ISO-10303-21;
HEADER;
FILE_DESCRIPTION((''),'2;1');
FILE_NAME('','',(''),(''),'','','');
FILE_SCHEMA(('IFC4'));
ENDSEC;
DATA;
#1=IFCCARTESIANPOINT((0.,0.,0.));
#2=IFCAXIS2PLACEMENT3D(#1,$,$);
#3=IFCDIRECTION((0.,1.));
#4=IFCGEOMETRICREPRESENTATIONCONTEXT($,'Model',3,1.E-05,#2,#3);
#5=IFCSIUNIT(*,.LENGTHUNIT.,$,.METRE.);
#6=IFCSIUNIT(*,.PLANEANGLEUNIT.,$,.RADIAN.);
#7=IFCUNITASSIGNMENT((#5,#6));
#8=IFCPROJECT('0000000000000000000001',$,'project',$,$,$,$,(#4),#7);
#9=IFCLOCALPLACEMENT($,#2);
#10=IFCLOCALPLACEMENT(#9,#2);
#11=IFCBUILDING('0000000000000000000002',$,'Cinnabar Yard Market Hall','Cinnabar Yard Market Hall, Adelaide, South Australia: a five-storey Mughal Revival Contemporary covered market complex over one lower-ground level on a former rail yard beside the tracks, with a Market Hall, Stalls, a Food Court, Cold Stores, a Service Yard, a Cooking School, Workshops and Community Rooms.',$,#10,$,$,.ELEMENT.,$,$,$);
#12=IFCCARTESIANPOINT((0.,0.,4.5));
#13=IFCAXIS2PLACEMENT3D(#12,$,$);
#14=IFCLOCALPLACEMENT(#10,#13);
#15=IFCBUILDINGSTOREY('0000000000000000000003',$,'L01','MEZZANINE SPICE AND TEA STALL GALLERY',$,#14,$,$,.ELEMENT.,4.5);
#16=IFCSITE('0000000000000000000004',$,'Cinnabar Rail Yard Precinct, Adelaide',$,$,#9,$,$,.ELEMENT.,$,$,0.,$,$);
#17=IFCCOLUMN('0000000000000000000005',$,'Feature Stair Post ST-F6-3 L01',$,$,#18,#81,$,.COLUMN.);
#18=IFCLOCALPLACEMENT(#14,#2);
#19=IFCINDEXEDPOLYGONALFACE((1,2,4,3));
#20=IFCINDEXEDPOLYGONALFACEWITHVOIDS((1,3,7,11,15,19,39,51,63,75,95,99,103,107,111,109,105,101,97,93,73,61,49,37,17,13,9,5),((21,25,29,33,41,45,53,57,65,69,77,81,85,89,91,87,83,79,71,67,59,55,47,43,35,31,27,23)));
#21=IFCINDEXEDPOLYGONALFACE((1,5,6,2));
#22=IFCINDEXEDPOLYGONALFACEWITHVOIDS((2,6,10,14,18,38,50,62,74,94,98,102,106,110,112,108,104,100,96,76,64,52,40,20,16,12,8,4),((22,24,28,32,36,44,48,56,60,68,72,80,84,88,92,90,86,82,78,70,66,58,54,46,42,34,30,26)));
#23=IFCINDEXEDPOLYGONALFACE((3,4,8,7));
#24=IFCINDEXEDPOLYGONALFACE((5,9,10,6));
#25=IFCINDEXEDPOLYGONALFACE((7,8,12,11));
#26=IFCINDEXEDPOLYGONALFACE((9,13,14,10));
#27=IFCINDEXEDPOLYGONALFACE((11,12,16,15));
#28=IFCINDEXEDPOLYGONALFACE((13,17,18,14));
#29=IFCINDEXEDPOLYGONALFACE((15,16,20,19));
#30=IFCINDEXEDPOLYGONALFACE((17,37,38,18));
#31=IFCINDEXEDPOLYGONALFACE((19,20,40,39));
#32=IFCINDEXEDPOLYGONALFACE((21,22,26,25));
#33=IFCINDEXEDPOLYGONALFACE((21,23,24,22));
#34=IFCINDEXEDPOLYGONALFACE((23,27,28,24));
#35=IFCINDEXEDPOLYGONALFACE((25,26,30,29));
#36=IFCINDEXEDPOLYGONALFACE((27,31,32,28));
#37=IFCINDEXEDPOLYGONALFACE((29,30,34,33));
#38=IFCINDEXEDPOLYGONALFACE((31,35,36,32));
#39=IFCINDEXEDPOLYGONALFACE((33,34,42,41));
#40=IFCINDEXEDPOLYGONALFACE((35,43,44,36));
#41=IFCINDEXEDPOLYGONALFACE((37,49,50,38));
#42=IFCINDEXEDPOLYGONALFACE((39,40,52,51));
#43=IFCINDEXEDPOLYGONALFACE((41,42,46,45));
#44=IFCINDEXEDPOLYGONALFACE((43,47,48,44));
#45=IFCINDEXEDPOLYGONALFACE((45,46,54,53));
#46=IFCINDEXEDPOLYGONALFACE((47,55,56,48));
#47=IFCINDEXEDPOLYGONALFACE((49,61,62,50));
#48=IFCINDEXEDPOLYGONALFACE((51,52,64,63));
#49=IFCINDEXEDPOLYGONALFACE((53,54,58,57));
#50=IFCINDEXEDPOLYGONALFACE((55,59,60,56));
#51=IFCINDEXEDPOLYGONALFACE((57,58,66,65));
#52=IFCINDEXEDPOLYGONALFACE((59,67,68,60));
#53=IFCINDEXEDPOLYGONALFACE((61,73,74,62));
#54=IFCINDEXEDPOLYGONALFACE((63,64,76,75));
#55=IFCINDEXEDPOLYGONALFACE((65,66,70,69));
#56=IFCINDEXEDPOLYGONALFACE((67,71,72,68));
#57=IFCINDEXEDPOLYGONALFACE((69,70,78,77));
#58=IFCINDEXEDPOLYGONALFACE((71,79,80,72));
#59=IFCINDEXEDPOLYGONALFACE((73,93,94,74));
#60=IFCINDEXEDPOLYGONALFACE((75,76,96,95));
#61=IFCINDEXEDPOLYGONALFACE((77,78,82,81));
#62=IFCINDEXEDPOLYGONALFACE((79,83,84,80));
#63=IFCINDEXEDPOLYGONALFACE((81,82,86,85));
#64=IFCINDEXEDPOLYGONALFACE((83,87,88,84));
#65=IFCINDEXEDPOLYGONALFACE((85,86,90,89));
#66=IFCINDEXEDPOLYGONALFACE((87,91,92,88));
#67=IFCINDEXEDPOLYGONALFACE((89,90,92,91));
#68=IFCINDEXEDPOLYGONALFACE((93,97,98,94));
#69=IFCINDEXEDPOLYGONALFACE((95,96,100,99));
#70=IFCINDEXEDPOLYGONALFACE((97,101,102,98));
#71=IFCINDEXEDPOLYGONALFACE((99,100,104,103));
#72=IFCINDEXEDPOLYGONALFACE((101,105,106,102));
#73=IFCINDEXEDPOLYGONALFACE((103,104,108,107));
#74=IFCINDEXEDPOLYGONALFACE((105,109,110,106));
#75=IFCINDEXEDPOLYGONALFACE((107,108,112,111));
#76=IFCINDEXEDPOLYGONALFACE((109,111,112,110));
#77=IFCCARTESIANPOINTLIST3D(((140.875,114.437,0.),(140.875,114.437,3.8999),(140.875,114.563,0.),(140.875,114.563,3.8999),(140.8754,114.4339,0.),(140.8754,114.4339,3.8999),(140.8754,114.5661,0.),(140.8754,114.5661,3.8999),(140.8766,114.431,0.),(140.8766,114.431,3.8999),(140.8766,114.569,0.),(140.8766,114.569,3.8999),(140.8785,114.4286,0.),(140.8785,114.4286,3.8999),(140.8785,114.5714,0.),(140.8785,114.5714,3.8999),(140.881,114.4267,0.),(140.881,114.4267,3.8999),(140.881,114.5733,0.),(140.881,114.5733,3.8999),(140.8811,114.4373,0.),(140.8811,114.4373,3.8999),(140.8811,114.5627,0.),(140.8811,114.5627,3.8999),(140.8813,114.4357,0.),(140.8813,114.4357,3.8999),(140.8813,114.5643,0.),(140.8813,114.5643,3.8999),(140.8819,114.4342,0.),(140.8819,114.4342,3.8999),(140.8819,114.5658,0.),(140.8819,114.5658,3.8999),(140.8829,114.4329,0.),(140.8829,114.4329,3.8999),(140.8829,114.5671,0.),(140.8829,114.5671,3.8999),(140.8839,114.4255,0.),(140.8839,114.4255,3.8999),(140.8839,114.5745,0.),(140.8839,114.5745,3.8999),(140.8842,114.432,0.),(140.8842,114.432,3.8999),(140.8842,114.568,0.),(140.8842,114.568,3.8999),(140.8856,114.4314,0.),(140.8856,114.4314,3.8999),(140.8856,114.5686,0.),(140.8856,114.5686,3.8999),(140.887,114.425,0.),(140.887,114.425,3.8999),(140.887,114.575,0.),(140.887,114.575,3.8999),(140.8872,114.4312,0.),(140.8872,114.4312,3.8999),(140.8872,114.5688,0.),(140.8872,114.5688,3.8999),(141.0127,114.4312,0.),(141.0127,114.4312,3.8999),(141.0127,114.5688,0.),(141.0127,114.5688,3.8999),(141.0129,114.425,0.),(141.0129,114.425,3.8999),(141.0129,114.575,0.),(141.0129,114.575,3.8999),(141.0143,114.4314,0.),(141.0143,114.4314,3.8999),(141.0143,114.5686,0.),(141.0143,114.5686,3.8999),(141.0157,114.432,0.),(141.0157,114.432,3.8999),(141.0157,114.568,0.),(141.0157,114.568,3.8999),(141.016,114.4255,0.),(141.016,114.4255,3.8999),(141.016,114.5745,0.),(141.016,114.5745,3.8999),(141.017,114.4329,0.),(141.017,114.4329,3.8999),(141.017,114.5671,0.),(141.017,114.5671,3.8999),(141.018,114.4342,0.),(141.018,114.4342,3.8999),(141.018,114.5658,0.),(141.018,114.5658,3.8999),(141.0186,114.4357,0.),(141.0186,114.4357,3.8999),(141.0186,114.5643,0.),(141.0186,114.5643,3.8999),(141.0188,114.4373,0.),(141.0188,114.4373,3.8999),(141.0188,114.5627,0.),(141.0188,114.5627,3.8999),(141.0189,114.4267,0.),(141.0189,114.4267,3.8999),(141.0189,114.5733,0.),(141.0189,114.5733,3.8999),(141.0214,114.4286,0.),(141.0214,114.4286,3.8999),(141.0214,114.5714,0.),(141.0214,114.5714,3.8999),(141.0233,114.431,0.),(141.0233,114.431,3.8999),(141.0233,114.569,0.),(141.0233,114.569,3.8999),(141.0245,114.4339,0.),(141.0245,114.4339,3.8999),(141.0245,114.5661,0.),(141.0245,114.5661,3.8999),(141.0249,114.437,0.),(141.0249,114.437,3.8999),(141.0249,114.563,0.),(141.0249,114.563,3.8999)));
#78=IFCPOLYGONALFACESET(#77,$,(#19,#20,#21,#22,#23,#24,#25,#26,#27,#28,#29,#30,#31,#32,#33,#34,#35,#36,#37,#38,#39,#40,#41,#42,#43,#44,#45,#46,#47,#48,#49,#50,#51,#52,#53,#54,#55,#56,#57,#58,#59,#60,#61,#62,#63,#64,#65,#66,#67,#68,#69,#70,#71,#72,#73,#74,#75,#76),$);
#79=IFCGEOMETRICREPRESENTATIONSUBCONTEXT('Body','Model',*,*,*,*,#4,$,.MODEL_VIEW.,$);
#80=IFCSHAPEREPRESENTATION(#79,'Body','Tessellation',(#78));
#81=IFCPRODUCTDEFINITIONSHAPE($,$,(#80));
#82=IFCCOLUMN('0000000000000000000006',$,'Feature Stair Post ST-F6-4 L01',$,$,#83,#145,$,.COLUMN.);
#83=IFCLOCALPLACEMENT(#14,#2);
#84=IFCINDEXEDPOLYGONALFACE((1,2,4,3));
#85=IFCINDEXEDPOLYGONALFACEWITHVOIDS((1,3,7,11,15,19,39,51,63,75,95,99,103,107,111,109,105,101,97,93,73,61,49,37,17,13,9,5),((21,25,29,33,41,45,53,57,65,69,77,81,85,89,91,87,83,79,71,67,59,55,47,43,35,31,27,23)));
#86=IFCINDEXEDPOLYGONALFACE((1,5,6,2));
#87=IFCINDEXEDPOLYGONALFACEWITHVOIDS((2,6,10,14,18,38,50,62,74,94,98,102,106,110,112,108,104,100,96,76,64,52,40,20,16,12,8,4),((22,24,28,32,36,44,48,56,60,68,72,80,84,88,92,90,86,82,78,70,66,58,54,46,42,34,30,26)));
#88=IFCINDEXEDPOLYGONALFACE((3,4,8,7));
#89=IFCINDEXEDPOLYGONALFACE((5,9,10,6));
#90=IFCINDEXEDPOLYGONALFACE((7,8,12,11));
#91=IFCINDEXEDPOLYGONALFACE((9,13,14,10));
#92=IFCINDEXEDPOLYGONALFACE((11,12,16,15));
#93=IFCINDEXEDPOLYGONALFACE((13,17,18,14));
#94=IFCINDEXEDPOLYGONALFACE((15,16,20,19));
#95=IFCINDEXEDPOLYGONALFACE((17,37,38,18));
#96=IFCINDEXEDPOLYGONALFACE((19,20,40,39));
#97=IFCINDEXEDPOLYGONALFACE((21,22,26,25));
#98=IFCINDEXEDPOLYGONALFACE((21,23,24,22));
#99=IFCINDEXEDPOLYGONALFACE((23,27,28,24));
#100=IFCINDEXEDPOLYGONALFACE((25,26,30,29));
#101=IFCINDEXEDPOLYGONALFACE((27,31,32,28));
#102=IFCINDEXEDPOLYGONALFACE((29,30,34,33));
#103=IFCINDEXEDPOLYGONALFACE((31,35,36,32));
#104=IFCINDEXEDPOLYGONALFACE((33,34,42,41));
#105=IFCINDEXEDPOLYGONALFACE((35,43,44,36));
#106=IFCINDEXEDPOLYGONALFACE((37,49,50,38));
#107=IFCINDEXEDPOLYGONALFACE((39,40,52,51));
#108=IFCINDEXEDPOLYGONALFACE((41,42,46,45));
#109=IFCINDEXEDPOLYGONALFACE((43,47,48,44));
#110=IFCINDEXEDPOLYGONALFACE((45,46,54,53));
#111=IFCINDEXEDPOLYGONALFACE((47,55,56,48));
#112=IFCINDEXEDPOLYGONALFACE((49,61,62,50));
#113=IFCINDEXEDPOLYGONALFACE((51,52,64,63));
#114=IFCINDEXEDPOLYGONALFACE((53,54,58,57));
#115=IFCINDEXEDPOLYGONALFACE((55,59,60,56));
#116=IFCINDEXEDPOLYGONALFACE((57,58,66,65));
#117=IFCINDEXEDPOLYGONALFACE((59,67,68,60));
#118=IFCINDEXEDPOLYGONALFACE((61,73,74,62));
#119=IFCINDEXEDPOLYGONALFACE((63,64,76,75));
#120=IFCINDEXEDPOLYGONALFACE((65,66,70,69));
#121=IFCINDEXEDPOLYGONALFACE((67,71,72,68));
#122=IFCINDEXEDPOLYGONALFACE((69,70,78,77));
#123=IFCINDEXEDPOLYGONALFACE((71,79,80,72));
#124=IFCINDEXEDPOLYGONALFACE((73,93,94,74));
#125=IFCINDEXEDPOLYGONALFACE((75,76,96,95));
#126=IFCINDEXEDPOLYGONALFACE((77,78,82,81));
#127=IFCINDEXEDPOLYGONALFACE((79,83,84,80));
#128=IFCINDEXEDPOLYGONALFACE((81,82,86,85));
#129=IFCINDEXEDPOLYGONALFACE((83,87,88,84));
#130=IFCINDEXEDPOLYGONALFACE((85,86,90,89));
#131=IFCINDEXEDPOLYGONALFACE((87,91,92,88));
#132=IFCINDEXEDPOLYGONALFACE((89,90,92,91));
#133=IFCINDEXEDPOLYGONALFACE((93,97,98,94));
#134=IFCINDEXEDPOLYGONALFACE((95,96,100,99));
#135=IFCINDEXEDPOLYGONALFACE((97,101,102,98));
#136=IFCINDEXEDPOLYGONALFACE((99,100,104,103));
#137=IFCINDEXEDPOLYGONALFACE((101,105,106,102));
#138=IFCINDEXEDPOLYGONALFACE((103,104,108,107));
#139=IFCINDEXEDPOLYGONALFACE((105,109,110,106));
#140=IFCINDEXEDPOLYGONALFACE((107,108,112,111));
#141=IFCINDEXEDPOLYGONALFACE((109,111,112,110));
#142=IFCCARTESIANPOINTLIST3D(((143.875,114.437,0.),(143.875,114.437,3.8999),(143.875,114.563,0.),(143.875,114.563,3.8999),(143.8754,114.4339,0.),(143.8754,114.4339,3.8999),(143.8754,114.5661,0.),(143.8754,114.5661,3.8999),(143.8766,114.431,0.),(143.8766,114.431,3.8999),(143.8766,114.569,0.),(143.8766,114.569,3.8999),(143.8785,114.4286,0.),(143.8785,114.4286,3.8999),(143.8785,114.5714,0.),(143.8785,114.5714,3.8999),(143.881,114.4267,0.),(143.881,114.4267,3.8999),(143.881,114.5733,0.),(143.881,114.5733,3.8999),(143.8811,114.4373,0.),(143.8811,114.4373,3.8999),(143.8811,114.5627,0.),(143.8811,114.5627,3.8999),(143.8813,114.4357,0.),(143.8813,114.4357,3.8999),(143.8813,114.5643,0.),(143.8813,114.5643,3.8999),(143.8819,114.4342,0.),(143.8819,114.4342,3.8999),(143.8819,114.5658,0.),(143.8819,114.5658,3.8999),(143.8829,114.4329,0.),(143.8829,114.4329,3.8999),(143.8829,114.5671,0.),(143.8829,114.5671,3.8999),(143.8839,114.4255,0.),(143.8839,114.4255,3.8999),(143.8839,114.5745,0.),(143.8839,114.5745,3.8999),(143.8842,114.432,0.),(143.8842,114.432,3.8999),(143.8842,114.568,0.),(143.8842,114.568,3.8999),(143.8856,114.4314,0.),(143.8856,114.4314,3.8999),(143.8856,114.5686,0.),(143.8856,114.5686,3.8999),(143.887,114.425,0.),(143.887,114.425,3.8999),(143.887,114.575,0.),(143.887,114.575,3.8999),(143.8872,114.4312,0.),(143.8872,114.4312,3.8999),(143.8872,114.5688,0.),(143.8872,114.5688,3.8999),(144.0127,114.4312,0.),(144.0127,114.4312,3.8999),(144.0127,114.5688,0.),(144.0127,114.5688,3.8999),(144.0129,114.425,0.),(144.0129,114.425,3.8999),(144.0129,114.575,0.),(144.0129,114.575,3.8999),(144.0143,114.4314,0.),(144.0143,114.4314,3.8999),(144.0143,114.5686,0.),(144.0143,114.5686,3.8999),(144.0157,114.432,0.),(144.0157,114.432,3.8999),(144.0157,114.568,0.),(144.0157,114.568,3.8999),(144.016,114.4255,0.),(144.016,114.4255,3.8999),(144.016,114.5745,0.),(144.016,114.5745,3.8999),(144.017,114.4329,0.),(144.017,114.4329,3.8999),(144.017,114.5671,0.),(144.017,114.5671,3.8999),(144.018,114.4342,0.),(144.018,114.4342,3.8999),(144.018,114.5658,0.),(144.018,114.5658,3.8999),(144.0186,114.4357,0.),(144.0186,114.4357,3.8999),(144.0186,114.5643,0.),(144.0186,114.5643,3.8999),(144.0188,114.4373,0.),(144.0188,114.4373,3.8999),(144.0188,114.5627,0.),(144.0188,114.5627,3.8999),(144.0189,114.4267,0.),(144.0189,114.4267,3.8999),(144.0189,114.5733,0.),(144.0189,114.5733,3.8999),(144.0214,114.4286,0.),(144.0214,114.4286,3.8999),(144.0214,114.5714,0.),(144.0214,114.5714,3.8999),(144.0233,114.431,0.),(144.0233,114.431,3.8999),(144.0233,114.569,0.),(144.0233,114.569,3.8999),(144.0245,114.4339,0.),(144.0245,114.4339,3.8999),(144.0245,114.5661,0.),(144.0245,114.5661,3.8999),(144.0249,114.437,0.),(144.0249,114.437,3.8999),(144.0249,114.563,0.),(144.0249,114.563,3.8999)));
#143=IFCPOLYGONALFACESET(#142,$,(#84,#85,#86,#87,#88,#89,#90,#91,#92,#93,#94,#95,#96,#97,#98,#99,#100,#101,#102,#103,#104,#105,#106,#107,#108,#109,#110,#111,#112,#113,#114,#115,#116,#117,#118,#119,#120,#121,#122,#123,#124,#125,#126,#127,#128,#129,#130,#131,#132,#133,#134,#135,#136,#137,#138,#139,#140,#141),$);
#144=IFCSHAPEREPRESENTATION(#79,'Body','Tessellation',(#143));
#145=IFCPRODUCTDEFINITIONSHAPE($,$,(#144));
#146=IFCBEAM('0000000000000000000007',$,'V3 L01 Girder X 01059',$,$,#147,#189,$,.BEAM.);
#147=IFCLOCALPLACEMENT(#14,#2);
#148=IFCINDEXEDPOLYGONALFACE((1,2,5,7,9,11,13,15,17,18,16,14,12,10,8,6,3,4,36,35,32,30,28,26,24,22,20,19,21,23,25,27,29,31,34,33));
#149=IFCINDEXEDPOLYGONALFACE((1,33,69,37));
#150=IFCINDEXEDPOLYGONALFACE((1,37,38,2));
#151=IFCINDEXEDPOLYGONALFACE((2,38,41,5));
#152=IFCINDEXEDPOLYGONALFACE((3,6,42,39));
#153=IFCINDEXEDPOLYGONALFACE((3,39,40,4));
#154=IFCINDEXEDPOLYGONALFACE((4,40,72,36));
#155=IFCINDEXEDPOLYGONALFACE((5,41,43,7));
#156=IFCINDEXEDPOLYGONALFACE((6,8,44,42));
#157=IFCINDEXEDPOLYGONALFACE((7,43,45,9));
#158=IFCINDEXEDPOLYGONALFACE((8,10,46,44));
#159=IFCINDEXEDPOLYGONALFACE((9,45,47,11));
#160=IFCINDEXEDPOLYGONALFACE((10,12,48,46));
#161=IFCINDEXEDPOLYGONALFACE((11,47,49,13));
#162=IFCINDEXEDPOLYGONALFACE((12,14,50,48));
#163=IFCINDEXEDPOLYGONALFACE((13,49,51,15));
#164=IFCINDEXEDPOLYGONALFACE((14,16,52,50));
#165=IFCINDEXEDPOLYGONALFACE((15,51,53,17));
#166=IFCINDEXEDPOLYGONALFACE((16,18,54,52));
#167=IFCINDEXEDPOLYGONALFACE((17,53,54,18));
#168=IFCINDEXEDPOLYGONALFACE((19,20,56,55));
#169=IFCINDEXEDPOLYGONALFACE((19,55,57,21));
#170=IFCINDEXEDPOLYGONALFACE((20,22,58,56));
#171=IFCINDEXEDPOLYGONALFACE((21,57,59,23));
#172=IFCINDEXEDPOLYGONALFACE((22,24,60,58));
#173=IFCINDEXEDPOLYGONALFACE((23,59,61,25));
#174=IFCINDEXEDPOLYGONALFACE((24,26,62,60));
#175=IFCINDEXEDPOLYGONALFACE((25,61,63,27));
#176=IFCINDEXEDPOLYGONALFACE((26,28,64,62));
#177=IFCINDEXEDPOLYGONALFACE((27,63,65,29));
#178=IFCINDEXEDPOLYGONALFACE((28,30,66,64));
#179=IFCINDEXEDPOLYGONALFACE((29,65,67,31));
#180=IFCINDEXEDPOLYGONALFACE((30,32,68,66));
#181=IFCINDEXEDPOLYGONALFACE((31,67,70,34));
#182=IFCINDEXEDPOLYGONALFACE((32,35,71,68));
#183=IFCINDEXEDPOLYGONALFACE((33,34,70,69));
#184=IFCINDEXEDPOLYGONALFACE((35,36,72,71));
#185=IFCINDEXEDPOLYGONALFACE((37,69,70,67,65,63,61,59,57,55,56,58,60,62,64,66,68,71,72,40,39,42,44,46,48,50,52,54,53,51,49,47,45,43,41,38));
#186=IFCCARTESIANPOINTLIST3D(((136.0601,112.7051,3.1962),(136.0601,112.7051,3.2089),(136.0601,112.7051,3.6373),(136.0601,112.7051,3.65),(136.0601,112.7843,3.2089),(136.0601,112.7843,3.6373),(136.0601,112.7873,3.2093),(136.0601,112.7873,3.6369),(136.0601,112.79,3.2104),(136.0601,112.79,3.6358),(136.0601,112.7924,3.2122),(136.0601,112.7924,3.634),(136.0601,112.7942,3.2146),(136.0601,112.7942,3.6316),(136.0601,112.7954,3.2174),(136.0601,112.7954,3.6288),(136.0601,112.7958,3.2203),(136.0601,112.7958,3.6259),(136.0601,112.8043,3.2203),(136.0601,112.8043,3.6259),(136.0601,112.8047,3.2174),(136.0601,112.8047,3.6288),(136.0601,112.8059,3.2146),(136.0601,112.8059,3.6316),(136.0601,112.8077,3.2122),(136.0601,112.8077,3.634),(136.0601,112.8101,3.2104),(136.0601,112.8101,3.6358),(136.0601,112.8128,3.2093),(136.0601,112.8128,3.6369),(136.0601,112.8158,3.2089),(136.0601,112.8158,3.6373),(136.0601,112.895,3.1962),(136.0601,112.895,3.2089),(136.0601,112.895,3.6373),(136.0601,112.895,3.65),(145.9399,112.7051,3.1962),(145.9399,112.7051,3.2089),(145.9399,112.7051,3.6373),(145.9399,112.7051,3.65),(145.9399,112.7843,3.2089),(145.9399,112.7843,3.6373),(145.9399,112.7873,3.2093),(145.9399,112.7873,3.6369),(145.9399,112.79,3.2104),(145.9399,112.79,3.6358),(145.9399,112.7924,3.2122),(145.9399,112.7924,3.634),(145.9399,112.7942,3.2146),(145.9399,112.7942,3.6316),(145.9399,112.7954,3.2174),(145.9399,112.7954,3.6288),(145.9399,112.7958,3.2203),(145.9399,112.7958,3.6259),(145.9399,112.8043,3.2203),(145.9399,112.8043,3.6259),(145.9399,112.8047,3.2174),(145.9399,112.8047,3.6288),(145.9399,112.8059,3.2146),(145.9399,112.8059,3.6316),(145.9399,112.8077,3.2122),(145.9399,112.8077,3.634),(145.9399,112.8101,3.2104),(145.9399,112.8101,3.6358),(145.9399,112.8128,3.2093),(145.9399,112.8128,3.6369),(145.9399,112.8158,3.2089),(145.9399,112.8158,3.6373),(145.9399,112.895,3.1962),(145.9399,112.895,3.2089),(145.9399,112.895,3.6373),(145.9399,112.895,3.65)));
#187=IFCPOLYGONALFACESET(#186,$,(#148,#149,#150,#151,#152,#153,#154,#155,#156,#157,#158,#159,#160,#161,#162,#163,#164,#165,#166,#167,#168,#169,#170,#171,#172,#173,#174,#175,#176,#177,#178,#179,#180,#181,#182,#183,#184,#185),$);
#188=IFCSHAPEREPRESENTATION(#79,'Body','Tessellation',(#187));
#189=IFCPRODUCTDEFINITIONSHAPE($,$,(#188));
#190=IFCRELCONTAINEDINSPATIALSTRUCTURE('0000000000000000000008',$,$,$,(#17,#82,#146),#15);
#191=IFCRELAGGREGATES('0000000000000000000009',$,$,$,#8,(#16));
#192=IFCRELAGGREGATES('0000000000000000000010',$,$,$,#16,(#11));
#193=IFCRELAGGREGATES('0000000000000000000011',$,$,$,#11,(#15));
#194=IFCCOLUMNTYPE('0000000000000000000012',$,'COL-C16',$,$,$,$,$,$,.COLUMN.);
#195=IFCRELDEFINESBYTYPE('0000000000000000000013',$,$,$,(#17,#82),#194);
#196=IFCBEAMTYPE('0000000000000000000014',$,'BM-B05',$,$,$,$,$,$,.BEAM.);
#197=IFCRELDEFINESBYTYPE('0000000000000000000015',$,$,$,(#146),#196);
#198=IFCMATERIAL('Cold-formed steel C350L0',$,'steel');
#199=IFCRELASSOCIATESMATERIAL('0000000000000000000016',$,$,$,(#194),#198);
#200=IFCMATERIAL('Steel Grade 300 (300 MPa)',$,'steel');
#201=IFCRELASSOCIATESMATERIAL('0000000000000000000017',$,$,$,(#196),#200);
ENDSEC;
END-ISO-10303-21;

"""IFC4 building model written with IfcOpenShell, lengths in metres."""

from ifc_helpers import new_model, si_unit, direction, frame, origin, origin_2d_with_axis, place, context, subcontext, project, spatial, hollow_rectangle, i_section, extrude, material, material_profile, profile_set, type_object, element, save


model = new_model("IFC4")

# Units and contexts
model_context = context("Model", 3, precision=1e-05, world=origin(), true_north=direction((0.0, 1.0)))
body_context = subcontext(model_context, "Body", "Model", "MODEL_VIEW")
ifc_project = project(units=[si_unit("LENGTHUNIT", "METRE"), si_unit("PLANEANGLEUNIT", "RADIAN")], contexts=[model_context])

# Site, building, storey
site_placement = place(None, origin())
site = spatial("IfcSite", under=ifc_project, at=site_placement, Name="Cinnabar Rail Yard Precinct, Adelaide", CompositionType="ELEMENT", RefElevation=0.0)
building_placement = place(site_placement, origin())
building = spatial("IfcBuilding", under=site, at=building_placement, Name="Cinnabar Yard Market Hall", Description="Cinnabar Yard Market Hall, Adelaide, South Australia: a five-storey Mughal Revival Contemporary covered market complex over one lower-ground level on a former rail yard beside the tracks, with a Market Hall, Stalls, a Food Court, Cold Stores, a Service Yard, a Cooking School, Workshops and Community Rooms.", CompositionType="ELEMENT")
storey_placement = place(building_placement, frame((0.0, 0.0, 4.5)))
storey = spatial("IfcBuildingStorey", under=building, at=storey_placement, Name="L01", Description="MEZZANINE SPICE AND TEA STALL GALLERY", CompositionType="ELEMENT", Elevation=4.5)

# Columns
ifc_material_1 = material(Name="Steel Grade 300 (300 MPa)", Category="steel")
ifc_material_2 = material(Name="Cold-formed steel C350L0", Category="steel")
ifc_material_profile_1 = material_profile(ifc_material_2, hollow_rectangle(XDim=0.1499, YDim=0.1499, WallThickness=0.0061, InnerFilletRadius=0.0061, OuterFilletRadius=0.012, at=origin_2d_with_axis()), Name="150x150x6.0SHS")
ifc_profile_set_1 = profile_set([ifc_material_profile_1], Name="Cold-formed steel C350L0")
column_type_1 = type_object("IfcColumnType", Name="COL-C16", PredefinedType="COLUMN", material=ifc_profile_set_1)
for number, where, z_axis, x_axis, name in (
    (1, (140.95, 114.5, 0.0), (0.0, 0.0, 1.0), (1.0, 0.0, 0.0), "Feature Stair Post ST-F6-3 L01"),
    (2, (143.95, 114.5, 0.0), (0.0, 0.0, 1.0), (1.0, 0.0, 0.0), "Feature Stair Post ST-F6-4 L01"),
):
    element("IfcColumn", number, at=place(storey_placement, frame(where, z_axis=z_axis, x_axis=x_axis)), inside=storey, type_object=column_type_1, Name=name, PredefinedType="COLUMN", context=body_context, shape_type="SweptSolid", body=[
        extrude(hollow_rectangle(XDim=0.1499, YDim=0.1499, WallThickness=0.0061, InnerFilletRadius=0.0061, OuterFilletRadius=0.012, at=origin_2d_with_axis()), origin(), (0.0, 0.0, 1.0), 3.8999),
    ])

# Beam
ifc_material_profile_2 = material_profile(ifc_material_1, i_section(OverallWidth=0.1899, OverallDepth=0.4539, WebThickness=0.0085, FlangeThickness=0.0127, FilletRadius=0.0115, at=origin_2d_with_axis()), Name="460UB67.1")
ifc_profile_set_2 = profile_set([ifc_material_profile_2], Name="Steel Grade 300 (300 MPa)")
beam_type_1 = type_object("IfcBeamType", Name="BM-B05", PredefinedType="BEAM", material=ifc_profile_set_2)
beam_1_placement = place(storey_placement, frame((136.0601, 112.8, 3.4231), z_axis=(1.0, 0.0, 0.0), x_axis=(0.0, 1.0, 0.0)))
element("IfcBeam", 3, at=beam_1_placement, inside=storey, type_object=beam_type_1, Name="V3 L01 Girder X 01059", PredefinedType="BEAM", context=body_context, shape_type="SweptSolid", body=[
    extrude(i_section(OverallWidth=0.1899, OverallDepth=0.4539, WebThickness=0.0085, FlangeThickness=0.0127, FilletRadius=0.0115, at=origin_2d_with_axis()), origin(), (0.0, 0.0, 1.0), 9.8799),
])

save(model, "model.ifc")
